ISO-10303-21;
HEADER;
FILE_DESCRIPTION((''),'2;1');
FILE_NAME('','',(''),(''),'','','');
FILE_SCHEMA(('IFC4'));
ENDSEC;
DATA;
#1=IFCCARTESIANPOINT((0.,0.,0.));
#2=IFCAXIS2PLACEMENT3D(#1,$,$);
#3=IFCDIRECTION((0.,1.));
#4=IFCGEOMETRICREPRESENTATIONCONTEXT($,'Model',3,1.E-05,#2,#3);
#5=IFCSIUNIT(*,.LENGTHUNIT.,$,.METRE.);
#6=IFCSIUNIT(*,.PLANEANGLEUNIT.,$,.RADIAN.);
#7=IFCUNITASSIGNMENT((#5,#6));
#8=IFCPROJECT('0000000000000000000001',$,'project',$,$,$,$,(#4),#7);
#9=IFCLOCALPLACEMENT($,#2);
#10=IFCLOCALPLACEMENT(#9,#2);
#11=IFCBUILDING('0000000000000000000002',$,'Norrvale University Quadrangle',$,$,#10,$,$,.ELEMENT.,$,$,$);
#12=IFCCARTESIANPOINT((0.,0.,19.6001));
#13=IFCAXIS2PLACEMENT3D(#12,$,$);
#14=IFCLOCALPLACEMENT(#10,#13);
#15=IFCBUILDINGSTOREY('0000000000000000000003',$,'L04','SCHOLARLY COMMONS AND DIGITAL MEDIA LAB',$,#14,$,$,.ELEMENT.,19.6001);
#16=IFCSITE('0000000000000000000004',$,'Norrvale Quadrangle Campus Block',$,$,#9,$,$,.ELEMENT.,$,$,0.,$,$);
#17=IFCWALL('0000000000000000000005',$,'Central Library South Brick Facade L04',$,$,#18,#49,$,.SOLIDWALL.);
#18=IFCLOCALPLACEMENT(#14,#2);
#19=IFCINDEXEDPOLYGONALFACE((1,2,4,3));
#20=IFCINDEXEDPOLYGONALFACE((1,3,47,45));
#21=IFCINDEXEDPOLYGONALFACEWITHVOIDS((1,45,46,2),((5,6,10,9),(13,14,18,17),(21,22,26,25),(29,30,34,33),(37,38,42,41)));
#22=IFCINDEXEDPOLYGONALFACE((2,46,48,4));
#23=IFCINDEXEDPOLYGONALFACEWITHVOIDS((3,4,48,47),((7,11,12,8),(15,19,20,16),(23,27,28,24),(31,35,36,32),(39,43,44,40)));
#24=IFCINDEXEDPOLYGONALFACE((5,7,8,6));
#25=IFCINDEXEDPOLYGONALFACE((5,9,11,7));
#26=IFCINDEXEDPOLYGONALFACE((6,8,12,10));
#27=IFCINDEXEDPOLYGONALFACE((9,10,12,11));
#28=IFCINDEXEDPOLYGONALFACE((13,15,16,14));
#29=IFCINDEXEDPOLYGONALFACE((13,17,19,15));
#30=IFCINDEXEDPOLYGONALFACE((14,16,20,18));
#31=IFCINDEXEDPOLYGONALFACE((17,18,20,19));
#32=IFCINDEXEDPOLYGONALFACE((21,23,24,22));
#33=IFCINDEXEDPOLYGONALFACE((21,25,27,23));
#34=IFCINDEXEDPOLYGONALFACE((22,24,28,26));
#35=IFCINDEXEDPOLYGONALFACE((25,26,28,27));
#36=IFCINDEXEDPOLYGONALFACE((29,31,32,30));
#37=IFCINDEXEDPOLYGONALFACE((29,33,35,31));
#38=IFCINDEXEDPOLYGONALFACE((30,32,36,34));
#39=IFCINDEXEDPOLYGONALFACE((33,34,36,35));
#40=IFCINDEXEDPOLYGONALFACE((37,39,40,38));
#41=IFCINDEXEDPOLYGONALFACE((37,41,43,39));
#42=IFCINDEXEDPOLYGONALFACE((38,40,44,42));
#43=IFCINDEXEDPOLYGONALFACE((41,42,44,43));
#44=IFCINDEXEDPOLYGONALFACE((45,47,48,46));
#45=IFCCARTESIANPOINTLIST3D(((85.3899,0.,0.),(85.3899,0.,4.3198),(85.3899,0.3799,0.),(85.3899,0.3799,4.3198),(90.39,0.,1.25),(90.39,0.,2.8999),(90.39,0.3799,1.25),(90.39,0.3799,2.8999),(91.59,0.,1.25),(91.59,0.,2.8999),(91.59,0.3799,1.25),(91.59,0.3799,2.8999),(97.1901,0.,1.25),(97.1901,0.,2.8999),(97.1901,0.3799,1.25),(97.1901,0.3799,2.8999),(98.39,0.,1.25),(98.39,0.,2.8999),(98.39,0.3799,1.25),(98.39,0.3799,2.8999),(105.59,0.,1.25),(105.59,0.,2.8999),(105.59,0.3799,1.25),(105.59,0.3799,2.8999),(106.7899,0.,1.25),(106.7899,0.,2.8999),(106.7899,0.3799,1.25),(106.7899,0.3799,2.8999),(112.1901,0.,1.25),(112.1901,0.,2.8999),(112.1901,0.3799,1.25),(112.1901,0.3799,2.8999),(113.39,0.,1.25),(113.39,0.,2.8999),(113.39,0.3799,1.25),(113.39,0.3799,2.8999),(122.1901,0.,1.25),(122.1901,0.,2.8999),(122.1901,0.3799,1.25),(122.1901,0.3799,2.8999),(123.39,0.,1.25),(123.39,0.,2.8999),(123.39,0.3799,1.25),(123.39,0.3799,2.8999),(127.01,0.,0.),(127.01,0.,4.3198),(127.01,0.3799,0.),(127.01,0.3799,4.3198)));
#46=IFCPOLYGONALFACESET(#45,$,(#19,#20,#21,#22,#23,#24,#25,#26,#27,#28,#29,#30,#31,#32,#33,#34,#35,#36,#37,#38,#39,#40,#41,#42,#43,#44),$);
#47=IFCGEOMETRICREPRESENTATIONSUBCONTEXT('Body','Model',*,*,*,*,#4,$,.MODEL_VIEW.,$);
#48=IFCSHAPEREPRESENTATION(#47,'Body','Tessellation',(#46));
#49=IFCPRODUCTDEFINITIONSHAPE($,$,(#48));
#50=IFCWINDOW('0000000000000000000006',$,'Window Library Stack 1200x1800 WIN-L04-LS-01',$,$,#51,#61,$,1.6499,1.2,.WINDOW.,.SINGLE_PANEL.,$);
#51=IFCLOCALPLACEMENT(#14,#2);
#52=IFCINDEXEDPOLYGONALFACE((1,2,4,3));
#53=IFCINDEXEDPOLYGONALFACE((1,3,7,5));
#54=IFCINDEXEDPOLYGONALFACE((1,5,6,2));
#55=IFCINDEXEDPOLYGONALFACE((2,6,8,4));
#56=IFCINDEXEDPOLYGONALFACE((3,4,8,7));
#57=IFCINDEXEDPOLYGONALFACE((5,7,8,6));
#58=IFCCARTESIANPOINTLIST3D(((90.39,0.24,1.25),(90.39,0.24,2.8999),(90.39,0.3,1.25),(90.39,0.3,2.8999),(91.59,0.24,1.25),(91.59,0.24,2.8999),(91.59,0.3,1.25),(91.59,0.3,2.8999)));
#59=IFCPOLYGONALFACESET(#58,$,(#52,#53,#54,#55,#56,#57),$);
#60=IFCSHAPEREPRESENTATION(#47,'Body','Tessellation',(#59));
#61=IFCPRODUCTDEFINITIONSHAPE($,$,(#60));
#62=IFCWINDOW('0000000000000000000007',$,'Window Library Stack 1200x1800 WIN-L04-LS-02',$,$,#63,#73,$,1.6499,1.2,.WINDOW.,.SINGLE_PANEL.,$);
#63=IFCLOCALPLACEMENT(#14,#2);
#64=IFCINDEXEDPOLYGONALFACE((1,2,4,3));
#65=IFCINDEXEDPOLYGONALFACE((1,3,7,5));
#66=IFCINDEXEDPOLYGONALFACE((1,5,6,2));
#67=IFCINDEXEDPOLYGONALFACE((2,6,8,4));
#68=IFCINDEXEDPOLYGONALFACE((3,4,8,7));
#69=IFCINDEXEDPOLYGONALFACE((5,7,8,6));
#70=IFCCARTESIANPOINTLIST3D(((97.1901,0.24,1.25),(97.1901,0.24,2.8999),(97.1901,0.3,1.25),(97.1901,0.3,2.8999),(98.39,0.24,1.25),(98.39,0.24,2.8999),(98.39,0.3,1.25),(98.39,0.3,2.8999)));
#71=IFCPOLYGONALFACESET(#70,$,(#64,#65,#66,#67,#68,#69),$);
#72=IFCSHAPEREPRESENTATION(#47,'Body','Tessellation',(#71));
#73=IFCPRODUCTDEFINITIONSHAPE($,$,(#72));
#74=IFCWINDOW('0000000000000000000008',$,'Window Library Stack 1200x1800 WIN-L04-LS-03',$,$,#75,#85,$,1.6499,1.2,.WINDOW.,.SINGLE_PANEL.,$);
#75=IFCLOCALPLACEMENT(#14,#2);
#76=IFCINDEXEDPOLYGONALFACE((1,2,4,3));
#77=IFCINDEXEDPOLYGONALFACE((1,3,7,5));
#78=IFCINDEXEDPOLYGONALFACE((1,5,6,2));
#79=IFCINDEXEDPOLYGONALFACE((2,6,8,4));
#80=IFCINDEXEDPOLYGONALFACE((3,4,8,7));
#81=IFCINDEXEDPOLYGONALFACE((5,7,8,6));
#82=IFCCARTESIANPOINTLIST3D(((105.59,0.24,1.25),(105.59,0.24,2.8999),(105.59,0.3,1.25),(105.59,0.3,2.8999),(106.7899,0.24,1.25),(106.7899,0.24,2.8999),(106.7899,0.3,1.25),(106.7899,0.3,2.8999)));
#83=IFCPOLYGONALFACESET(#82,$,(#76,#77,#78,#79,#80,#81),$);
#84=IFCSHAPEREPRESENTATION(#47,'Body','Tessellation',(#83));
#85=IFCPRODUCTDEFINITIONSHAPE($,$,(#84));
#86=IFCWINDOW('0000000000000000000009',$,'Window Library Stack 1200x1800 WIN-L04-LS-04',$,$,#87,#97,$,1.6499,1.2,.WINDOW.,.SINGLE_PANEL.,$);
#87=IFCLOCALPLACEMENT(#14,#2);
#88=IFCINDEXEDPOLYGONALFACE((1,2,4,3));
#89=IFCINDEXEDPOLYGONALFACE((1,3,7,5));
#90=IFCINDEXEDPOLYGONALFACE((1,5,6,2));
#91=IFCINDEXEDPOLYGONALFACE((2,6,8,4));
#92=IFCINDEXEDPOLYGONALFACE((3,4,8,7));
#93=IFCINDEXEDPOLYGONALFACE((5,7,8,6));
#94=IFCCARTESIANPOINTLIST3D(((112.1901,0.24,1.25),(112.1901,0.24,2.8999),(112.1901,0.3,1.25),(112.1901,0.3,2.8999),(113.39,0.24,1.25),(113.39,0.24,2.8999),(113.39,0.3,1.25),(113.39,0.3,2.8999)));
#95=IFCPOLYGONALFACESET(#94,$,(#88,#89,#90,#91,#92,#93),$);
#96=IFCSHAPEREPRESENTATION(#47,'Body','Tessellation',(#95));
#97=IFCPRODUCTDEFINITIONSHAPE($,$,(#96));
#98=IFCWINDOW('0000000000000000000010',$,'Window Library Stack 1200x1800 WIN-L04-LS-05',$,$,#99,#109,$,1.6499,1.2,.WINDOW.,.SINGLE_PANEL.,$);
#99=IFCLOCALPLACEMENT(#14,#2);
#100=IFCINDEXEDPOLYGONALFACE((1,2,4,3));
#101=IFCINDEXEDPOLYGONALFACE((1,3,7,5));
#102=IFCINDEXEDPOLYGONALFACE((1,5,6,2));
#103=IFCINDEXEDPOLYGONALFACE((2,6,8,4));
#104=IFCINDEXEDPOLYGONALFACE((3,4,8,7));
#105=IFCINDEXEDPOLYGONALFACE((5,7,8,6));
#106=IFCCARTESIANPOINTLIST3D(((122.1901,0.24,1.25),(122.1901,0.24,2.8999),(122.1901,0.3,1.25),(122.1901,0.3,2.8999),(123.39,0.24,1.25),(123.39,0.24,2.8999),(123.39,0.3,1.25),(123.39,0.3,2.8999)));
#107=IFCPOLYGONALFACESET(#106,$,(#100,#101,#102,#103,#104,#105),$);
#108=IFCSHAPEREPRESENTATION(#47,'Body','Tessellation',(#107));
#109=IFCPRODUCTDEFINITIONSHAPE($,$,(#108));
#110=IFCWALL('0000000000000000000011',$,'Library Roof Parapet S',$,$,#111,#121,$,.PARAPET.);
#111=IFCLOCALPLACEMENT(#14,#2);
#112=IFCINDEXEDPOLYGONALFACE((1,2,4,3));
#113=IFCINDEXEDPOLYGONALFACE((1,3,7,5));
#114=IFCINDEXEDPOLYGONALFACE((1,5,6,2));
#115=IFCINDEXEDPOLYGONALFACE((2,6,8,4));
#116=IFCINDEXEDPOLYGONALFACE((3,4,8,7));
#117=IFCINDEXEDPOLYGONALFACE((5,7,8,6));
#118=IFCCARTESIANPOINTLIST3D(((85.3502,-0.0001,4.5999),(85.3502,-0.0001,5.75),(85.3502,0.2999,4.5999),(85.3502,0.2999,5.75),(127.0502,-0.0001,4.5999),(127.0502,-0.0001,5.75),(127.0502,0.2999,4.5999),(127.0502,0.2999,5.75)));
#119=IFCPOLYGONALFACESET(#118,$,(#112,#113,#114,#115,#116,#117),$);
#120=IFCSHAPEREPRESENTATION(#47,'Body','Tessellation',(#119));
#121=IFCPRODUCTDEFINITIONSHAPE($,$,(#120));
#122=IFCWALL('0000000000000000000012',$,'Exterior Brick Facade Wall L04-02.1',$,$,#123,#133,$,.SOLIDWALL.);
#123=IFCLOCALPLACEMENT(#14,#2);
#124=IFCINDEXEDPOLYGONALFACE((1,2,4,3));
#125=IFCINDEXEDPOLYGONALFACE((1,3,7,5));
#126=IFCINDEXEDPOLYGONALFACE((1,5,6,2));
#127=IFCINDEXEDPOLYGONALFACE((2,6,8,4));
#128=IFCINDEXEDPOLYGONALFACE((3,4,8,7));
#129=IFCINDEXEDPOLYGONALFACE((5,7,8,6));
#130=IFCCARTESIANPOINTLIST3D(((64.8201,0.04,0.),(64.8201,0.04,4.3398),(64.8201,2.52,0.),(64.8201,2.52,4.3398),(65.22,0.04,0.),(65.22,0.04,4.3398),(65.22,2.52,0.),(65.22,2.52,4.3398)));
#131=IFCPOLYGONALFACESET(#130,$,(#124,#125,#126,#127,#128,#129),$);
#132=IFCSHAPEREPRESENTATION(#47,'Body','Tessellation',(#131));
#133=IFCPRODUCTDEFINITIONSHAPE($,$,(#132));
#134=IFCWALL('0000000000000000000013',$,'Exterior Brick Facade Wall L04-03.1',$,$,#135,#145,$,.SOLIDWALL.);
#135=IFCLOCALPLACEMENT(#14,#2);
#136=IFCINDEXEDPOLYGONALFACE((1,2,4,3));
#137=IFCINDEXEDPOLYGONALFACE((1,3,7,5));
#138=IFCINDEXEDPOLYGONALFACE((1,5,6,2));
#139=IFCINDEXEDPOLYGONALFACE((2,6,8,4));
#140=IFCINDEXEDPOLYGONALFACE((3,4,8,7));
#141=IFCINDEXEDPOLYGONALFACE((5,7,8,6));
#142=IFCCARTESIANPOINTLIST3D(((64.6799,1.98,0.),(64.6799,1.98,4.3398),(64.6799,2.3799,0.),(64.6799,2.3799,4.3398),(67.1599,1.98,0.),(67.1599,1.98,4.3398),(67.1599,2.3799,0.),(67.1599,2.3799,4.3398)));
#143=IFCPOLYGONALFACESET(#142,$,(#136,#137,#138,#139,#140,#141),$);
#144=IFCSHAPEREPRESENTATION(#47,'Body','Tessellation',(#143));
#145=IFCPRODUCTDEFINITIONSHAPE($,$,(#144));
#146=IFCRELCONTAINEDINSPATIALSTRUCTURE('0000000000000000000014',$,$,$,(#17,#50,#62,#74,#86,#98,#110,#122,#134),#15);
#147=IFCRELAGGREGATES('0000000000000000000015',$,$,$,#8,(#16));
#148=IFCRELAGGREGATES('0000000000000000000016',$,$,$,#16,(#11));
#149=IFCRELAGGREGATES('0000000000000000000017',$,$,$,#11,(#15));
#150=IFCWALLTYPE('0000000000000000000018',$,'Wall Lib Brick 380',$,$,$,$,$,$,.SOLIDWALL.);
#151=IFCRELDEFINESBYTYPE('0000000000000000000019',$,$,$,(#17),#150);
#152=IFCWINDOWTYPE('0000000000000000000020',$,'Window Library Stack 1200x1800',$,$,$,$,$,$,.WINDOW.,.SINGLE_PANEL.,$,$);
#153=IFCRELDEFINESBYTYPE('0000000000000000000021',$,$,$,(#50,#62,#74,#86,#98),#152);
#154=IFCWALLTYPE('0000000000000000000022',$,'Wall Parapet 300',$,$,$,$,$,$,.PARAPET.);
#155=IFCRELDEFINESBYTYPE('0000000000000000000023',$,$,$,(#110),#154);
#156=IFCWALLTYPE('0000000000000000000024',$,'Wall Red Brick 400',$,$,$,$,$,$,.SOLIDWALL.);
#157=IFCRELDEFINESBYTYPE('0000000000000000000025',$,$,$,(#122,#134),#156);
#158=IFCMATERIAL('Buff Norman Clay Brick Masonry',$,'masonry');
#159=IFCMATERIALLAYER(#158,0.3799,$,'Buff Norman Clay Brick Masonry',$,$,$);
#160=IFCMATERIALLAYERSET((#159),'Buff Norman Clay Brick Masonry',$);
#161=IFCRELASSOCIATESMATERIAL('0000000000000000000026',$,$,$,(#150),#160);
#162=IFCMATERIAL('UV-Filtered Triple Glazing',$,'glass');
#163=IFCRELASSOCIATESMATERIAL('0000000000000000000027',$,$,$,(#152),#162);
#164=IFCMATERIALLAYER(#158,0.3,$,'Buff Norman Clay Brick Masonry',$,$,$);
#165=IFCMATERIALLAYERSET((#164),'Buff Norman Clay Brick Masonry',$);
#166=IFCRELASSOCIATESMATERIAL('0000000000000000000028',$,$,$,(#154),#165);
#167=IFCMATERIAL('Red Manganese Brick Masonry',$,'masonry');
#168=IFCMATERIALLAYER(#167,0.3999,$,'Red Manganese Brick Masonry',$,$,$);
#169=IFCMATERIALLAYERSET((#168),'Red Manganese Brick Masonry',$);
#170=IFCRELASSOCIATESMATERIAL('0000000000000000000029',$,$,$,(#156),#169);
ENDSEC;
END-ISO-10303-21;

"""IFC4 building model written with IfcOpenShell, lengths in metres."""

from ifc_helpers import new_model, si_unit, direction, frame, frame_2d, origin, place, context, subcontext, project, spatial, rectangle, extrude, material, layer, layer_set, type_object, element, fill, save


model = new_model("IFC4")

# Units and contexts
model_context = context("Model", 3, precision=1e-05, world=origin(), true_north=direction((0.0, 1.0)))
body_context = subcontext(model_context, "Body", "Model", "MODEL_VIEW")
ifc_project = project(units=[si_unit("LENGTHUNIT", "METRE"), si_unit("PLANEANGLEUNIT", "RADIAN")], contexts=[model_context])

# Site, building, storey
site_placement = place(None, origin())
site = spatial("IfcSite", under=ifc_project, at=site_placement, Name="Norrvale Quadrangle Campus Block", CompositionType="ELEMENT", RefElevation=0.0)
building_placement = place(site_placement, origin())
building = spatial("IfcBuilding", under=site, at=building_placement, Name="Norrvale University Quadrangle", CompositionType="ELEMENT")
storey_placement = place(building_placement, frame((0.0, 0.0, 19.6001)))
storey = spatial("IfcBuildingStorey", under=building, at=storey_placement, Name="L04", Description="SCHOLARLY COMMONS AND DIGITAL MEDIA LAB", CompositionType="ELEMENT", Elevation=19.6001)

# Wall, openings, windows
ifc_material_1 = material(Name="Buff Norman Clay Brick Masonry", Category="masonry")
ifc_layer_1 = layer(ifc_material_1, 0.3799, Name="Buff Norman Clay Brick Masonry")
ifc_layer_set_1 = layer_set([ifc_layer_1], Name="Buff Norman Clay Brick Masonry")
wall_type_1 = type_object("IfcWallType", Name="Wall Lib Brick 380", PredefinedType="SOLIDWALL", material=ifc_layer_set_1)
wall_1_placement = place(storey_placement, frame((85.3899, 0.1899, 0.0), z_axis=(0.0, 0.0, 1.0), x_axis=(1.0, 0.0, 0.0)))
wall_1 = element("IfcWall", 1, at=wall_1_placement, inside=storey, type_object=wall_type_1, Name="Central Library South Brick Facade L04", PredefinedType="SOLIDWALL", context=body_context, shape_type="SweptSolid", body=[
    extrude(rectangle(XDim=41.6201, YDim=0.3799, at=frame_2d((20.8101, 0.0))), origin(), (0.0, 0.0, 1.0), 4.3198),
])
opening_1_placement = place(wall_1_placement, frame((5.0, 0.0, 1.25)))
opening_1 = element("IfcOpeningElement", 2, at=opening_1_placement, cuts=wall_1, PredefinedType="OPENING", context=body_context, shape_type="SweptSolid", body=[
    extrude(rectangle(XDim=1.2, YDim=1.6499, at=frame_2d((0.6001, 0.825))), frame((0.0, 0.2019, 0.0), z_axis=(0.0, -1.0, 0.0), x_axis=(1.0, 0.0, 0.0)), (0.0, 0.0, 1.0), 0.4038),
])
opening_2_placement = place(wall_1_placement, frame((11.8, 0.0, 1.25)))
opening_2 = element("IfcOpeningElement", 3, at=opening_2_placement, cuts=wall_1, PredefinedType="OPENING", context=body_context, shape_type="SweptSolid", body=[
    extrude(rectangle(XDim=1.2, YDim=1.6499, at=frame_2d((0.6001, 0.825))), frame((0.0, 0.2019, 0.0), z_axis=(0.0, -1.0, 0.0), x_axis=(1.0, 0.0, 0.0)), (0.0, 0.0, 1.0), 0.4038),
])
opening_3_placement = place(wall_1_placement, frame((20.2, 0.0, 1.25)))
opening_3 = element("IfcOpeningElement", 4, at=opening_3_placement, cuts=wall_1, PredefinedType="OPENING", context=body_context, shape_type="SweptSolid", body=[
    extrude(rectangle(XDim=1.2, YDim=1.6499, at=frame_2d((0.6001, 0.825))), frame((0.0, 0.2019, 0.0), z_axis=(0.0, -1.0, 0.0), x_axis=(1.0, 0.0, 0.0)), (0.0, 0.0, 1.0), 0.4038),
])
opening_4_placement = place(wall_1_placement, frame((26.8, 0.0, 1.25)))
opening_4 = element("IfcOpeningElement", 5, at=opening_4_placement, cuts=wall_1, PredefinedType="OPENING", context=body_context, shape_type="SweptSolid", body=[
    extrude(rectangle(XDim=1.2, YDim=1.6499, at=frame_2d((0.6001, 0.825))), frame((0.0, 0.2019, 0.0), z_axis=(0.0, -1.0, 0.0), x_axis=(1.0, 0.0, 0.0)), (0.0, 0.0, 1.0), 0.4038),
])
opening_5_placement = place(wall_1_placement, frame((36.8, 0.0, 1.25)))
opening_5 = element("IfcOpeningElement", 6, at=opening_5_placement, cuts=wall_1, PredefinedType="OPENING", context=body_context, shape_type="SweptSolid", body=[
    extrude(rectangle(XDim=1.2, YDim=1.6499, at=frame_2d((0.6001, 0.825))), frame((0.0, 0.2019, 0.0), z_axis=(0.0, -1.0, 0.0), x_axis=(1.0, 0.0, 0.0)), (0.0, 0.0, 1.0), 0.4038),
])
ifc_material_2 = material(Name="UV-Filtered Triple Glazing", Category="glass")
window_type_1 = type_object("IfcWindowType", Name="Window Library Stack 1200x1800", PartitioningType="SINGLE_PANEL", PredefinedType="WINDOW", material=ifc_material_2)
window_1_placement = place(opening_1_placement, origin())
window_1 = element("IfcWindow", 7, at=window_1_placement, inside=storey, type_object=window_type_1, Name="Window Library Stack 1200x1800 WIN-L04-LS-01", OverallHeight=1.6499, OverallWidth=1.2, PartitioningType="SINGLE_PANEL", PredefinedType="WINDOW", context=body_context, shape_type="SweptSolid", body=[
    extrude(rectangle(XDim=1.2, YDim=1.6499, at=frame_2d((0.6001, 0.825))), frame((0.0, 0.1101, 0.0), z_axis=(0.0, -1.0, 0.0), x_axis=(1.0, 0.0, 0.0)), (0.0, 0.0, 1.0), 0.0601),
])
fill(opening_1, window_1)
window_2_placement = place(opening_2_placement, origin())
window_2 = element("IfcWindow", 8, at=window_2_placement, inside=storey, type_object=window_type_1, Name="Window Library Stack 1200x1800 WIN-L04-LS-02", OverallHeight=1.6499, OverallWidth=1.2, PartitioningType="SINGLE_PANEL", PredefinedType="WINDOW", context=body_context, shape_type="SweptSolid", body=[
    extrude(rectangle(XDim=1.2, YDim=1.6499, at=frame_2d((0.6001, 0.825))), frame((0.0, 0.1101, 0.0), z_axis=(0.0, -1.0, 0.0), x_axis=(1.0, 0.0, 0.0)), (0.0, 0.0, 1.0), 0.0601),
])
fill(opening_2, window_2)
window_3_placement = place(opening_3_placement, origin())
window_3 = element("IfcWindow", 9, at=window_3_placement, inside=storey, type_object=window_type_1, Name="Window Library Stack 1200x1800 WIN-L04-LS-03", OverallHeight=1.6499, OverallWidth=1.2, PartitioningType="SINGLE_PANEL", PredefinedType="WINDOW", context=body_context, shape_type="SweptSolid", body=[
    extrude(rectangle(XDim=1.2, YDim=1.6499, at=frame_2d((0.6001, 0.825))), frame((0.0, 0.1101, 0.0), z_axis=(0.0, -1.0, 0.0), x_axis=(1.0, 0.0, 0.0)), (0.0, 0.0, 1.0), 0.0601),
])
fill(opening_3, window_3)
window_4_placement = place(opening_4_placement, origin())
window_4 = element("IfcWindow", 10, at=window_4_placement, inside=storey, type_object=window_type_1, Name="Window Library Stack 1200x1800 WIN-L04-LS-04", OverallHeight=1.6499, OverallWidth=1.2, PartitioningType="SINGLE_PANEL", PredefinedType="WINDOW", context=body_context, shape_type="SweptSolid", body=[
    extrude(rectangle(XDim=1.2, YDim=1.6499, at=frame_2d((0.6001, 0.825))), frame((0.0, 0.1101, 0.0), z_axis=(0.0, -1.0, 0.0), x_axis=(1.0, 0.0, 0.0)), (0.0, 0.0, 1.0), 0.0601),
])
fill(opening_4, window_4)
window_5_placement = place(opening_5_placement, origin())
window_5 = element("IfcWindow", 11, at=window_5_placement, inside=storey, type_object=window_type_1, Name="Window Library Stack 1200x1800 WIN-L04-LS-05", OverallHeight=1.6499, OverallWidth=1.2, PartitioningType="SINGLE_PANEL", PredefinedType="WINDOW", context=body_context, shape_type="SweptSolid", body=[
    extrude(rectangle(XDim=1.2, YDim=1.6499, at=frame_2d((0.6001, 0.825))), frame((0.0, 0.1101, 0.0), z_axis=(0.0, -1.0, 0.0), x_axis=(1.0, 0.0, 0.0)), (0.0, 0.0, 1.0), 0.0601),
])
fill(opening_5, window_5)

# Walls
ifc_layer_2 = layer(ifc_material_1, 0.3, Name="Buff Norman Clay Brick Masonry")
ifc_layer_set_2 = layer_set([ifc_layer_2], Name="Buff Norman Clay Brick Masonry")
wall_type_2 = type_object("IfcWallType", Name="Wall Parapet 300", PredefinedType="PARAPET", material=ifc_layer_set_2)
wall_2_placement = place(storey_placement, frame((85.3501, 0.1499, 4.5999), z_axis=(0.0, 0.0, 1.0), x_axis=(1.0, 0.0, 0.0)))
element("IfcWall", 12, at=wall_2_placement, inside=storey, type_object=wall_type_2, Name="Library Roof Parapet S", PredefinedType="PARAPET", context=body_context, shape_type="SweptSolid", body=[
    extrude(rectangle(XDim=41.7, YDim=0.3, at=frame_2d((20.8501, 0.0))), origin(), (0.0, 0.0, 1.0), 1.1501),
])
ifc_material_3 = material(Name="Red Manganese Brick Masonry", Category="masonry")
ifc_layer_3 = layer(ifc_material_3, 0.3999, Name="Red Manganese Brick Masonry")
ifc_layer_set_3 = layer_set([ifc_layer_3], Name="Red Manganese Brick Masonry")
wall_type_3 = type_object("IfcWallType", Name="Wall Red Brick 400", PredefinedType="SOLIDWALL", material=ifc_layer_set_3)
for number, where, z_axis, x_axis, name in (
    (13, (65.02, 0.04, 0.0), (0.0, 0.0, 1.0), (0.0, 1.0, 0.0), "Exterior Brick Facade Wall L04-02.1"),
    (14, (64.6799, 2.1799, 0.0), (0.0, 0.0, 1.0), (1.0, 0.0, 0.0), "Exterior Brick Facade Wall L04-03.1"),
):
    element("IfcWall", number, at=place(storey_placement, frame(where, z_axis=z_axis, x_axis=x_axis)), inside=storey, type_object=wall_type_3, Name=name, PredefinedType="SOLIDWALL", context=body_context, shape_type="SweptSolid", body=[
        extrude(rectangle(XDim=2.48, YDim=0.3999, at=frame_2d((1.24, 0.0))), origin(), (0.0, 0.0, 1.0), 4.3398),
    ])

save(model, "model.ifc")
